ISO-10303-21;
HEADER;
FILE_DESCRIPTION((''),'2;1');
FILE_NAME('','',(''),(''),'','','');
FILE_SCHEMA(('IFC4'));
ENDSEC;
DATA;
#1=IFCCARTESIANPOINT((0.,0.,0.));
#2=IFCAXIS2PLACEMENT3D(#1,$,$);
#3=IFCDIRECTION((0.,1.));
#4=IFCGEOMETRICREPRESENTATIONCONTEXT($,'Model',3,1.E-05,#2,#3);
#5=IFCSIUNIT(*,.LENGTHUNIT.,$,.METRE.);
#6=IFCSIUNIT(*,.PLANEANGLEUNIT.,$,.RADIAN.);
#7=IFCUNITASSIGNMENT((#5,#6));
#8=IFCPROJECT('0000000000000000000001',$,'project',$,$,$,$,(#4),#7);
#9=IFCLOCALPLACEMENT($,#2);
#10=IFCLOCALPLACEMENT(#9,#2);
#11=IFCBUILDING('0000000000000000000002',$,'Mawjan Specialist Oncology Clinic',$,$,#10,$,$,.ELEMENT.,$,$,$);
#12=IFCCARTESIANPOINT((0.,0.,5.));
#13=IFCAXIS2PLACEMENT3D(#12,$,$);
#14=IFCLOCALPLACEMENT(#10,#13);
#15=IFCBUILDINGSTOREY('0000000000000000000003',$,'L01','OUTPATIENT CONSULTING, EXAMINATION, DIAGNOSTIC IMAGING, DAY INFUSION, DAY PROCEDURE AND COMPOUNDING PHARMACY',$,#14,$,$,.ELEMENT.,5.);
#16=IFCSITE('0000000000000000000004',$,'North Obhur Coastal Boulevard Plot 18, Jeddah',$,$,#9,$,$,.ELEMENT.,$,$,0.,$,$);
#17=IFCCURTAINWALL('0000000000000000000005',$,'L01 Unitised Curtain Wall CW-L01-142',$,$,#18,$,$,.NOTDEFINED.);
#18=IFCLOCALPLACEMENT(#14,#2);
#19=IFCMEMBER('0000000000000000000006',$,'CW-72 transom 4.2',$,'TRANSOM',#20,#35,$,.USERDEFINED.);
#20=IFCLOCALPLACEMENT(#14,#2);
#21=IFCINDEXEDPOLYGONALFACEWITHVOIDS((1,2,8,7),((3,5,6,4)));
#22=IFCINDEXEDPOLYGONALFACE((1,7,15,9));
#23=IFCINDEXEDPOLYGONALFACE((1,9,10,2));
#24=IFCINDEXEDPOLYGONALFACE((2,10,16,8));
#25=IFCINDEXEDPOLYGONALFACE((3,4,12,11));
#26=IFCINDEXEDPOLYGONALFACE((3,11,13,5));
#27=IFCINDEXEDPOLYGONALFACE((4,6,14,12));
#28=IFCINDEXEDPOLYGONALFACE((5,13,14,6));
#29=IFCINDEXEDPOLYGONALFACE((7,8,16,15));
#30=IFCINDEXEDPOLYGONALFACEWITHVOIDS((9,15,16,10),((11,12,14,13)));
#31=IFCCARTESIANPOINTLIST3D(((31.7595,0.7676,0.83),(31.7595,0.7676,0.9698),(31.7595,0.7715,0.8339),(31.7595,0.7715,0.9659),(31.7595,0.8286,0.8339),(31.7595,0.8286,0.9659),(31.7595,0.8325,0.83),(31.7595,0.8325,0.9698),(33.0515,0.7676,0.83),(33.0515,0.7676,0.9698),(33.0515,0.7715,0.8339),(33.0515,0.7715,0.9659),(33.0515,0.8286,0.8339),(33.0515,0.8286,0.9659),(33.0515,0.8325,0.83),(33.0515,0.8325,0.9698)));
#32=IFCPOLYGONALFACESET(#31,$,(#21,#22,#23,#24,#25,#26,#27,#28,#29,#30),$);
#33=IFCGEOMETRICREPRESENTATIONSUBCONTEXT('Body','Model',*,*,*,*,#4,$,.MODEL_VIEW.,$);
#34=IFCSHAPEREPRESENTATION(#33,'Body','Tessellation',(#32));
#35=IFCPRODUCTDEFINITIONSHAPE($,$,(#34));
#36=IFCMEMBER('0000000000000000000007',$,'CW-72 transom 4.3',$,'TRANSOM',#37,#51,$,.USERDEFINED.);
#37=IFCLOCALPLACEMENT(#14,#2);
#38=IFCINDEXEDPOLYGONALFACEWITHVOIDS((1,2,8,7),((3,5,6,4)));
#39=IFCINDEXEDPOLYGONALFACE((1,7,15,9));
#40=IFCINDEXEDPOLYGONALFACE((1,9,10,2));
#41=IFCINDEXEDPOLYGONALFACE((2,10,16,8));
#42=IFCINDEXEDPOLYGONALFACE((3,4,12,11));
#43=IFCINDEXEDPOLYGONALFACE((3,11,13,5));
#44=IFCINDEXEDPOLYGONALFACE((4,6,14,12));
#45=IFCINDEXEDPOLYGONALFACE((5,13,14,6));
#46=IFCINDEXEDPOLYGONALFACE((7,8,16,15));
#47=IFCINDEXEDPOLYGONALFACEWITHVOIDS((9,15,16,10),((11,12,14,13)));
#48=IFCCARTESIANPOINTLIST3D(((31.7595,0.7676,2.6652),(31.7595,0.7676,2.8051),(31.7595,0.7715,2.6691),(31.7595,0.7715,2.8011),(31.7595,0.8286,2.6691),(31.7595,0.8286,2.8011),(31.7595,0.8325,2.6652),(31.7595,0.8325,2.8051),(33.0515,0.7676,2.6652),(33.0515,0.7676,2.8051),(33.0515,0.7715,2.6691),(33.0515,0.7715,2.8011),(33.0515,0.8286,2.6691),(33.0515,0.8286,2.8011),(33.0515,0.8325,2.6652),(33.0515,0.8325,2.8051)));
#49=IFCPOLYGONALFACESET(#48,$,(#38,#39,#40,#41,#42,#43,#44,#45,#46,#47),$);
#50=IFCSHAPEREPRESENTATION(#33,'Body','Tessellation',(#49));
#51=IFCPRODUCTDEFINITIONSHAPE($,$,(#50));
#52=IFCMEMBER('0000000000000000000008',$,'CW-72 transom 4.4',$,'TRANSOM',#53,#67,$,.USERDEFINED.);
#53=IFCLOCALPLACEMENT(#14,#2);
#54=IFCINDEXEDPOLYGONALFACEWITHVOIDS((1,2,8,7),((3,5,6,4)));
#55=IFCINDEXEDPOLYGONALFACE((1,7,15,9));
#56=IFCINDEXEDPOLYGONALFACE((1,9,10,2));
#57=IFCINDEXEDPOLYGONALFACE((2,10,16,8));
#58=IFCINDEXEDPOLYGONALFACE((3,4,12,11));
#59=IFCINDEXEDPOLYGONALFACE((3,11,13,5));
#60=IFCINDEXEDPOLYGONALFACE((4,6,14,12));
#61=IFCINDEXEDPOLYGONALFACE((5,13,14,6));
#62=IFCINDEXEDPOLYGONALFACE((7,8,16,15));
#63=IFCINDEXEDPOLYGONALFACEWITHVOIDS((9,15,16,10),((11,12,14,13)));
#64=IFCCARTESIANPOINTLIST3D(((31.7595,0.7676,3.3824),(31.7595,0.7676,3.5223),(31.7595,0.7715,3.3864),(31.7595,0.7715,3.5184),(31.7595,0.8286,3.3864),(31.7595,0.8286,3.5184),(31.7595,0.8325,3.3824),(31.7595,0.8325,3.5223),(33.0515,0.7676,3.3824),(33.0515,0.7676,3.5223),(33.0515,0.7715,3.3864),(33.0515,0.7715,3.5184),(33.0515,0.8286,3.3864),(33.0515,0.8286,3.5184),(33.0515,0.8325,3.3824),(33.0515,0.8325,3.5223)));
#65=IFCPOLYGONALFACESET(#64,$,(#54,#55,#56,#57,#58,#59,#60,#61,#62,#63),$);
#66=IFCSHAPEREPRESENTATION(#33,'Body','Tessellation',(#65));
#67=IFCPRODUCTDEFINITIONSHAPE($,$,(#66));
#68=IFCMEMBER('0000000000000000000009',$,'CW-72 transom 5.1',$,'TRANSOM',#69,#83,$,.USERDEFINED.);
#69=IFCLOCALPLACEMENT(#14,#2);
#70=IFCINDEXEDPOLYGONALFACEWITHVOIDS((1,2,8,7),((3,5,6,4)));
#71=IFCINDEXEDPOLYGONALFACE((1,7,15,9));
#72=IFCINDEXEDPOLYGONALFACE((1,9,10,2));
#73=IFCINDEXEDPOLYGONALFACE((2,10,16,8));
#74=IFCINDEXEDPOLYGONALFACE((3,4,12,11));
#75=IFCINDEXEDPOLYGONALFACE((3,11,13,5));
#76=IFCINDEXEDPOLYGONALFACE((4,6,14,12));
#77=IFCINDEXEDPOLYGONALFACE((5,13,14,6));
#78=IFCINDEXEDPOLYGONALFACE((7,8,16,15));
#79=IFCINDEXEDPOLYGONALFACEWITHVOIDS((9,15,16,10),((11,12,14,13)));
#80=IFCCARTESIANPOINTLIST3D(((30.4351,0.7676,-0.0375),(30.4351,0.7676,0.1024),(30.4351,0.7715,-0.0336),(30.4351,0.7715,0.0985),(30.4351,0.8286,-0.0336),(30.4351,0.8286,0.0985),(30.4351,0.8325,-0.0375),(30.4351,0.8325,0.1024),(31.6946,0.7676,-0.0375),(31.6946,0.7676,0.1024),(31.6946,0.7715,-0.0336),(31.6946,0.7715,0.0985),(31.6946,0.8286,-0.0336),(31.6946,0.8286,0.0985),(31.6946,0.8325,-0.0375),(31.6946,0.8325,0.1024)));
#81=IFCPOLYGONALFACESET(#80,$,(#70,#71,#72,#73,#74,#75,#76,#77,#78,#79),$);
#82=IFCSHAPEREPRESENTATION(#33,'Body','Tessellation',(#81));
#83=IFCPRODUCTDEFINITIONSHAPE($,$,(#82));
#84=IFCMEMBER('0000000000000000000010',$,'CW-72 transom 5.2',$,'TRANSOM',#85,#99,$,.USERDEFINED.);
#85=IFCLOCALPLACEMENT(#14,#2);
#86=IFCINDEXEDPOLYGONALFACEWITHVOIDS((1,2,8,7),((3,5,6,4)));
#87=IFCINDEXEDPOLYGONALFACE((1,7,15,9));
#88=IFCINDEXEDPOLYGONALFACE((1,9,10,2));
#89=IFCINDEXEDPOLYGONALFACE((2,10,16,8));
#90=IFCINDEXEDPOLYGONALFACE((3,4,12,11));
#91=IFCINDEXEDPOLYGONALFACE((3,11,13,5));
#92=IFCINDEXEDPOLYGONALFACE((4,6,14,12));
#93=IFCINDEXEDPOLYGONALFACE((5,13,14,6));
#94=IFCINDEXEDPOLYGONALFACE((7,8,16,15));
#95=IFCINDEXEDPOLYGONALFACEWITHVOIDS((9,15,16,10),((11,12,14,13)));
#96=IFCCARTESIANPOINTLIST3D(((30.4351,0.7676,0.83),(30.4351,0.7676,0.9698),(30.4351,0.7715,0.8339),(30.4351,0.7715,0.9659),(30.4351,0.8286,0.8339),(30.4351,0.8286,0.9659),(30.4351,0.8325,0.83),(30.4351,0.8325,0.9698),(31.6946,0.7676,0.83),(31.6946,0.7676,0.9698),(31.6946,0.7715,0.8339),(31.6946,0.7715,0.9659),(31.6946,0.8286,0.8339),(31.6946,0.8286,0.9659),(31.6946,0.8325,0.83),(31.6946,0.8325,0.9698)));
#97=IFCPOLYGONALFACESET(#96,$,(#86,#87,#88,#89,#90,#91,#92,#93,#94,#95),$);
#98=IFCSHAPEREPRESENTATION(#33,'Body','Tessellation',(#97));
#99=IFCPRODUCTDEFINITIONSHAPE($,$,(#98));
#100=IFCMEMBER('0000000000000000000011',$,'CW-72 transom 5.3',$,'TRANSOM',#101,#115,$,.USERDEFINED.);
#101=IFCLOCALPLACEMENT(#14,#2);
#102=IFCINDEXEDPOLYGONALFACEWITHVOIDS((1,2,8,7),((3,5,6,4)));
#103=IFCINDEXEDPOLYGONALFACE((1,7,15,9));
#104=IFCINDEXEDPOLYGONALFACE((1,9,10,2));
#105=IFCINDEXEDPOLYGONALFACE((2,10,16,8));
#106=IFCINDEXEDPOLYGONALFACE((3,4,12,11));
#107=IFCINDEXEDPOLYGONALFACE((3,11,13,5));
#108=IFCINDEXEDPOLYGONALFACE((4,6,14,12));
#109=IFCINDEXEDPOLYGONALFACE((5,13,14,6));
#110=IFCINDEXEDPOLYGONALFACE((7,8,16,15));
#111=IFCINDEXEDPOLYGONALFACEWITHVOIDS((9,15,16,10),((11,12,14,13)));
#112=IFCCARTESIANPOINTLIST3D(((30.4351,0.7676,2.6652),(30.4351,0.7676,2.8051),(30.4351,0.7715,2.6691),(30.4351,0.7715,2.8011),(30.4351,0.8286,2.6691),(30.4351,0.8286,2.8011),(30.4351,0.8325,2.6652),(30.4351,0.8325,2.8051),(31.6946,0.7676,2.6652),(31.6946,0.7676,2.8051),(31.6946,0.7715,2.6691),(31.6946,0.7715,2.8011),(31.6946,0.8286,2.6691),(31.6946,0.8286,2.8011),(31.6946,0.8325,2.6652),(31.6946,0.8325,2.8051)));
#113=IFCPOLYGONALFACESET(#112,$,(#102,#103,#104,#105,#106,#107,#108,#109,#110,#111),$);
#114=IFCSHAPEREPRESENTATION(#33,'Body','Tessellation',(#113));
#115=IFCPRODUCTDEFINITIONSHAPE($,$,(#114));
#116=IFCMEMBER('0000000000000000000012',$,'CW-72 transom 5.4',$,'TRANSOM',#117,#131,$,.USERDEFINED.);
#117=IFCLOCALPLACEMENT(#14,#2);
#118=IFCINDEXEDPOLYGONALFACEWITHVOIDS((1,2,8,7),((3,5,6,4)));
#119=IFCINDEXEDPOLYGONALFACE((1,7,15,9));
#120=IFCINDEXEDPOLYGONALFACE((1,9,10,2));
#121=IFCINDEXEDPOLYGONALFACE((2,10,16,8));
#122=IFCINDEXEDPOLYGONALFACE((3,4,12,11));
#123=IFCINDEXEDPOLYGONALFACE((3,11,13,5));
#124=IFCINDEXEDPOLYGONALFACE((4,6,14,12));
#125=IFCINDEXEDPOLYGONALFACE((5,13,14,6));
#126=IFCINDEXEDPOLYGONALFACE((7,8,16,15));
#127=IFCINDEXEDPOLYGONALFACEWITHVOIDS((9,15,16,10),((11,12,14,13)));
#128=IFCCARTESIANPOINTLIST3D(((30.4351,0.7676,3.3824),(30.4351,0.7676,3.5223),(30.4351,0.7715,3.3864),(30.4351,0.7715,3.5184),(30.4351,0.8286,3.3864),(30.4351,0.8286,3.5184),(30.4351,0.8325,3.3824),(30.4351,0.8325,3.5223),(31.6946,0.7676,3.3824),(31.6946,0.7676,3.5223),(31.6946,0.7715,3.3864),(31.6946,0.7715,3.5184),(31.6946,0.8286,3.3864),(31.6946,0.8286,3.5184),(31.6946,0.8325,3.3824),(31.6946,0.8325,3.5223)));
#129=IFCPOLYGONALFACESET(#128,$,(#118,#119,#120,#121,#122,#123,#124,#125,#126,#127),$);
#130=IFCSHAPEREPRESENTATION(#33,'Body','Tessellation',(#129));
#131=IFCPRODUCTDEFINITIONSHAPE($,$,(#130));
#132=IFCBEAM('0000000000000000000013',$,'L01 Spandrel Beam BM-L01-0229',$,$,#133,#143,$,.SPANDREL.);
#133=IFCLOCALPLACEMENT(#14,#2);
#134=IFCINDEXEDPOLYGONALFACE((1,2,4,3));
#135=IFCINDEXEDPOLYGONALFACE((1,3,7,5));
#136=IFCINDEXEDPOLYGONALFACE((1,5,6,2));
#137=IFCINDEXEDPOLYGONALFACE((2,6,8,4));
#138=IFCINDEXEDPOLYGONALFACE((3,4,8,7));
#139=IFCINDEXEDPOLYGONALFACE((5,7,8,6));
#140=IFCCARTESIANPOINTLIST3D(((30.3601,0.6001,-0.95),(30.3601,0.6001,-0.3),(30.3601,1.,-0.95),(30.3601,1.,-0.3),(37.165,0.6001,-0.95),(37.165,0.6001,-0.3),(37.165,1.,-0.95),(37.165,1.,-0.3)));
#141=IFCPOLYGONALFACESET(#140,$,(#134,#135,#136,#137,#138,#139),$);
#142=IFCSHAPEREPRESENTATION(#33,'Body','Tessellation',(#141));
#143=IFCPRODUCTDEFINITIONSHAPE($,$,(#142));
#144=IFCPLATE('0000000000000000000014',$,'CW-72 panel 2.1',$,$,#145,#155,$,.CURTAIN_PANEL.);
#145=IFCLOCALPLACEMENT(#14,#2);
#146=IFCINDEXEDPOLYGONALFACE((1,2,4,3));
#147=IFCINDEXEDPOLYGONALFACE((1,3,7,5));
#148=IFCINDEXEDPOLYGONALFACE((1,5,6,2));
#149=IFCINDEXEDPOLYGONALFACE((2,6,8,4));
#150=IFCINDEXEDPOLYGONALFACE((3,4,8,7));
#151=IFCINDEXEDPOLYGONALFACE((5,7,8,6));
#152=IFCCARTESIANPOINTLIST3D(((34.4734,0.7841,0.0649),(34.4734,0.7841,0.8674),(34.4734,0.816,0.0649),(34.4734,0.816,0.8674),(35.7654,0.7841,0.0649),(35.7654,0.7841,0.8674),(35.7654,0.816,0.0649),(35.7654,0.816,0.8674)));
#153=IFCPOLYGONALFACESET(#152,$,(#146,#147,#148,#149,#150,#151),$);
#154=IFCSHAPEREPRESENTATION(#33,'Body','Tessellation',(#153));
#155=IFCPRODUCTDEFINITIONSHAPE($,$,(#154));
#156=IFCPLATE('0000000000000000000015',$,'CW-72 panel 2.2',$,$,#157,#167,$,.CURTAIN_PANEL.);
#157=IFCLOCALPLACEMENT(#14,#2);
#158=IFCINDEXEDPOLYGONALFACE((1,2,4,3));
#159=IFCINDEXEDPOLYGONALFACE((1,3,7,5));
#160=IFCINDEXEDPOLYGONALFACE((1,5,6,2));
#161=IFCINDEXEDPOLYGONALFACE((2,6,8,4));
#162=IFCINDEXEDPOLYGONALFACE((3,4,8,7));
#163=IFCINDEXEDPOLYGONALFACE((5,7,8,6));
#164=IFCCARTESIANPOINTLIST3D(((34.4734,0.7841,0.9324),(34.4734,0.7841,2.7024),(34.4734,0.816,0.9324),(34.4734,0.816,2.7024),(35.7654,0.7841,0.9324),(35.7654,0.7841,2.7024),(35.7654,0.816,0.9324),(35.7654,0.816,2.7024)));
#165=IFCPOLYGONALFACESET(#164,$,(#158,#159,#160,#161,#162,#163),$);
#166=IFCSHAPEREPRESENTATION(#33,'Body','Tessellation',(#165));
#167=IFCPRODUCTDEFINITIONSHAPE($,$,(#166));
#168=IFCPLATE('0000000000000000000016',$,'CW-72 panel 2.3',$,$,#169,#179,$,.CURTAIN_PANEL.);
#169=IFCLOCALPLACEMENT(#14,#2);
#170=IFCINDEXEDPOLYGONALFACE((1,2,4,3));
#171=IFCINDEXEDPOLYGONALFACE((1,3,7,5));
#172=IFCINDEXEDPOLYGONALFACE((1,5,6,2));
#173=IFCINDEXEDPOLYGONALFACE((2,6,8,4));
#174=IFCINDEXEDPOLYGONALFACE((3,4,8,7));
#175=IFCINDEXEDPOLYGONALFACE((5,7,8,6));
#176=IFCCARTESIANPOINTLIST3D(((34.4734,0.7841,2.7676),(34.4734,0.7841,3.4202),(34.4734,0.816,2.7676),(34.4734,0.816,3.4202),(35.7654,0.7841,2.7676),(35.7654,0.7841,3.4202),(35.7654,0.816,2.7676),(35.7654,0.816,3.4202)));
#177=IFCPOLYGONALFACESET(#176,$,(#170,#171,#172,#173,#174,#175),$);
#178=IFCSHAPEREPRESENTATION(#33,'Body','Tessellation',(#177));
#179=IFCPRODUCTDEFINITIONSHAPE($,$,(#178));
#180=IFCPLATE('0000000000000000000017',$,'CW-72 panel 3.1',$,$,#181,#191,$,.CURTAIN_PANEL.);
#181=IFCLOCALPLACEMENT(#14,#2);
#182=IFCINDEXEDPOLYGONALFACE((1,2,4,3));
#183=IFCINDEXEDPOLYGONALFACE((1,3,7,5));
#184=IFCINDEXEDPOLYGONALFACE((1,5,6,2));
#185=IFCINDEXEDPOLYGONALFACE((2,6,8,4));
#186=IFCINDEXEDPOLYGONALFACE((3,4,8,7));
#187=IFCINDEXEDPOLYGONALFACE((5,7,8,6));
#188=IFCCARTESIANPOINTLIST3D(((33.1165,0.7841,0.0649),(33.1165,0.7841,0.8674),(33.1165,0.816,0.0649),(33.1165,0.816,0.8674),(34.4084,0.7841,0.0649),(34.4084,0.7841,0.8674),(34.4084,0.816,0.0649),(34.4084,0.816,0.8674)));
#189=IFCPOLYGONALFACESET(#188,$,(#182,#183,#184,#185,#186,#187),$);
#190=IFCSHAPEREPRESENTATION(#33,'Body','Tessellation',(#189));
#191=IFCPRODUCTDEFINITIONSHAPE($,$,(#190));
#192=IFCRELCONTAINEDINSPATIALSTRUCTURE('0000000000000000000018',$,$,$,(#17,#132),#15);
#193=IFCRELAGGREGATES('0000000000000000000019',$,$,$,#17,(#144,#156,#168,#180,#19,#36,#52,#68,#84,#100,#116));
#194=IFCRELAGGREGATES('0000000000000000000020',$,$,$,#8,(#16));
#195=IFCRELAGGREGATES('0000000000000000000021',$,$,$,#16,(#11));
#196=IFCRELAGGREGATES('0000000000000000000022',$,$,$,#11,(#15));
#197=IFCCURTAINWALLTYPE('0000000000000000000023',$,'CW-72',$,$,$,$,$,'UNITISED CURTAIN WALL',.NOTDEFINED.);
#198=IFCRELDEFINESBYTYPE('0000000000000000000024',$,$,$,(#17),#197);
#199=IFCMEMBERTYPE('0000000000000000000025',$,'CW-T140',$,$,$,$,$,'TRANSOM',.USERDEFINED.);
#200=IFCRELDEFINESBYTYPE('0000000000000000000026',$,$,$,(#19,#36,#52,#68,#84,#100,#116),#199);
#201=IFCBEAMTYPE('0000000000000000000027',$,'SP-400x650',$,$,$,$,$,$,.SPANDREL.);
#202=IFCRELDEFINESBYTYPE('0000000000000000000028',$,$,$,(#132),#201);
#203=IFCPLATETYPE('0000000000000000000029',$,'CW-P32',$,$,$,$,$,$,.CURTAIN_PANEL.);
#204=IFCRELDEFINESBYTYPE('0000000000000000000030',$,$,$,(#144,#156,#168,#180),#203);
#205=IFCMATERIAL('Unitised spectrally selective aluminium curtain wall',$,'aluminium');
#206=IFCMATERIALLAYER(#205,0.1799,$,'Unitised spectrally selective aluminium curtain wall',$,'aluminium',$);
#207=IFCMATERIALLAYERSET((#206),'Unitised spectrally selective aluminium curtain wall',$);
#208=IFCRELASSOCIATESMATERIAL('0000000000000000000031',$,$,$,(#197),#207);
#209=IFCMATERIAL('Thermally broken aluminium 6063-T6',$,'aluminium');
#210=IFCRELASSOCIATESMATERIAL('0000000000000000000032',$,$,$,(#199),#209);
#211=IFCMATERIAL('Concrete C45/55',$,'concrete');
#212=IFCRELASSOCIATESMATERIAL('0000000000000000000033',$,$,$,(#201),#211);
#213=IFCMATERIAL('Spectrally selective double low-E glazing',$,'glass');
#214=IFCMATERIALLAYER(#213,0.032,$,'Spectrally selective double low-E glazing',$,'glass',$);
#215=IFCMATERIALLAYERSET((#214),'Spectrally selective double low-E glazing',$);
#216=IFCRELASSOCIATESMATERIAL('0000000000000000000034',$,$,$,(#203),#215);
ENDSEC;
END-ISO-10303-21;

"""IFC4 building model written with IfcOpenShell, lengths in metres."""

from ifc_helpers import new_model, si_unit, direction, frame, origin, origin_2d, place, context, subcontext, project, spatial, rectangle, hollow_rectangle, extrude, material, layer, layer_set, material_profile, profile_set, type_object, element, aggregate, save


model = new_model("IFC4")

# Units and contexts
model_context = context("Model", 3, precision=1e-05, world=origin(), true_north=direction((0.0, 1.0)))
body_context = subcontext(model_context, "Body", "Model", "MODEL_VIEW")
ifc_project = project(units=[si_unit("LENGTHUNIT", "METRE"), si_unit("PLANEANGLEUNIT", "RADIAN")], contexts=[model_context])

# Site, building, storey
site_placement = place(None, origin())
site = spatial("IfcSite", under=ifc_project, at=site_placement, Name="North Obhur Coastal Boulevard Plot 18, Jeddah", CompositionType="ELEMENT", RefElevation=0.0)
building_placement = place(site_placement, origin())
building = spatial("IfcBuilding", under=site, at=building_placement, Name="Mawjan Specialist Oncology Clinic", CompositionType="ELEMENT")
storey_placement = place(building_placement, frame((0.0, 0.0, 5.0)))
storey = spatial("IfcBuildingStorey", under=building, at=storey_placement, Name="L01", Description="OUTPATIENT CONSULTING, EXAMINATION, DIAGNOSTIC IMAGING, DAY INFUSION, DAY PROCEDURE AND COMPOUNDING PHARMACY", CompositionType="ELEMENT", Elevation=5.0)

# Curtain wall, members
ifc_material_1 = material(Name="Unitised spectrally selective aluminium curtain wall", Category="aluminium")
ifc_layer_1 = layer(ifc_material_1, 0.1799, Name="Unitised spectrally selective aluminium curtain wall", Category="aluminium")
ifc_layer_set_1 = layer_set([ifc_layer_1], Name="Unitised spectrally selective aluminium curtain wall")
curtain_wall_type = type_object("IfcCurtainWallType", Name="CW-72", ElementType="UNITISED CURTAIN WALL", PredefinedType="NOTDEFINED", material=ifc_layer_set_1)
curtain_wall_placement = place(storey_placement, origin())
curtain_wall = element("IfcCurtainWall", 1, at=curtain_wall_placement, inside=storey, type_object=curtain_wall_type, Name="L01 Unitised Curtain Wall CW-L01-142", PredefinedType="NOTDEFINED")
ifc_material_2 = material(Name="Thermally broken aluminium 6063-T6", Category="aluminium")
ifc_material_profile_1 = material_profile(ifc_material_2, hollow_rectangle(XDim=0.0649, YDim=0.1399, WallThickness=0.0039, at=origin_2d()), Name="ALU TRANSOM 140x65x4", Category="aluminium")
ifc_profile_set_1 = profile_set([ifc_material_profile_1], Name="Thermally broken aluminium 6063-T6")
member_type_1 = type_object("IfcMemberType", Name="CW-T140", ElementType="TRANSOM", PredefinedType="USERDEFINED", material=ifc_profile_set_1)
member_1_placement = place(storey_placement, frame((33.0515, 0.8, 0.8999), z_axis=(-1.0, 0.0, 0.0), x_axis=(0.0, -1.0, 0.0)))
member_1 = element("IfcMember", 2, at=member_1_placement, type_object=member_type_1, Name="CW-72 transom 4.2", ObjectType="TRANSOM", PredefinedType="USERDEFINED", context=body_context, shape_type="SweptSolid", body=[
    extrude(hollow_rectangle(XDim=0.0649, YDim=0.1399, WallThickness=0.0039, at=origin_2d()), origin(), (0.0, 0.0, 1.0), 1.292),
])
member_2_placement = place(storey_placement, frame((33.0515, 0.8, 2.7351), z_axis=(-1.0, 0.0, 0.0), x_axis=(0.0, -1.0, 0.0)))
member_2 = element("IfcMember", 3, at=member_2_placement, type_object=member_type_1, Name="CW-72 transom 4.3", ObjectType="TRANSOM", PredefinedType="USERDEFINED", context=body_context, shape_type="SweptSolid", body=[
    extrude(hollow_rectangle(XDim=0.0649, YDim=0.1399, WallThickness=0.0039, at=origin_2d()), origin(), (0.0, 0.0, 1.0), 1.292),
])
member_3_placement = place(storey_placement, frame((33.0515, 0.8, 3.4524), z_axis=(-1.0, 0.0, 0.0), x_axis=(0.0, -1.0, 0.0)))
member_3 = element("IfcMember", 4, at=member_3_placement, type_object=member_type_1, Name="CW-72 transom 4.4", ObjectType="TRANSOM", PredefinedType="USERDEFINED", context=body_context, shape_type="SweptSolid", body=[
    extrude(hollow_rectangle(XDim=0.0649, YDim=0.1399, WallThickness=0.0039, at=origin_2d()), origin(), (0.0, 0.0, 1.0), 1.292),
])
member_4_placement = place(storey_placement, frame((31.6946, 0.8, 0.0325), z_axis=(-1.0, 0.0, 0.0), x_axis=(0.0, -1.0, 0.0)))
member_4 = element("IfcMember", 5, at=member_4_placement, type_object=member_type_1, Name="CW-72 transom 5.1", ObjectType="TRANSOM", PredefinedType="USERDEFINED", context=body_context, shape_type="SweptSolid", body=[
    extrude(hollow_rectangle(XDim=0.0649, YDim=0.1399, WallThickness=0.0039, at=origin_2d()), origin(), (0.0, 0.0, 1.0), 1.2595),
])
member_5_placement = place(storey_placement, frame((31.6946, 0.8, 0.8999), z_axis=(-1.0, 0.0, 0.0), x_axis=(0.0, -1.0, 0.0)))
member_5 = element("IfcMember", 6, at=member_5_placement, type_object=member_type_1, Name="CW-72 transom 5.2", ObjectType="TRANSOM", PredefinedType="USERDEFINED", context=body_context, shape_type="SweptSolid", body=[
    extrude(hollow_rectangle(XDim=0.0649, YDim=0.1399, WallThickness=0.0039, at=origin_2d()), origin(), (0.0, 0.0, 1.0), 1.2595),
])
member_6_placement = place(storey_placement, frame((31.6946, 0.8, 2.7351), z_axis=(-1.0, 0.0, 0.0), x_axis=(0.0, -1.0, 0.0)))
member_6 = element("IfcMember", 7, at=member_6_placement, type_object=member_type_1, Name="CW-72 transom 5.3", ObjectType="TRANSOM", PredefinedType="USERDEFINED", context=body_context, shape_type="SweptSolid", body=[
    extrude(hollow_rectangle(XDim=0.0649, YDim=0.1399, WallThickness=0.0039, at=origin_2d()), origin(), (0.0, 0.0, 1.0), 1.2595),
])
member_7_placement = place(storey_placement, frame((31.6946, 0.8, 3.4524), z_axis=(-1.0, 0.0, 0.0), x_axis=(0.0, -1.0, 0.0)))
member_7 = element("IfcMember", 8, at=member_7_placement, type_object=member_type_1, Name="CW-72 transom 5.4", ObjectType="TRANSOM", PredefinedType="USERDEFINED", context=body_context, shape_type="SweptSolid", body=[
    extrude(hollow_rectangle(XDim=0.0649, YDim=0.1399, WallThickness=0.0039, at=origin_2d()), origin(), (0.0, 0.0, 1.0), 1.2595),
])

# Beam
ifc_material_3 = material(Name="Concrete C45/55", Category="concrete")
ifc_material_profile_2 = material_profile(ifc_material_3, rectangle(XDim=0.3999, YDim=0.6499, at=origin_2d()), Name="RC BM 400x650", Category="concrete")
ifc_profile_set_2 = profile_set([ifc_material_profile_2], Name="Concrete C45/55")
beam_type = type_object("IfcBeamType", Name="SP-400x650", PredefinedType="SPANDREL", material=ifc_profile_set_2)
beam_placement = place(storey_placement, frame((30.3601, 0.8, -0.625), z_axis=(1.0, 0.0, 0.0), x_axis=(0.0, 1.0, 0.0)))
element("IfcBeam", 9, at=beam_placement, inside=storey, type_object=beam_type, Name="L01 Spandrel Beam BM-L01-0229", PredefinedType="SPANDREL", context=body_context, shape_type="SweptSolid", body=[
    extrude(rectangle(XDim=0.3999, YDim=0.6499, at=origin_2d()), origin(), (0.0, 0.0, 1.0), 6.8049),
])

# Plates
ifc_material_4 = material(Name="Spectrally selective double low-E glazing", Category="glass")
ifc_layer_2 = layer(ifc_material_4, 0.032, Name="Spectrally selective double low-E glazing", Category="glass")
ifc_layer_set_2 = layer_set([ifc_layer_2], Name="Spectrally selective double low-E glazing")
plate_type = type_object("IfcPlateType", Name="CW-P32", PredefinedType="CURTAIN_PANEL", material=ifc_layer_set_2)
plate_1_placement = place(storey_placement, frame((35.1194, 0.8, 0.0649), z_axis=(0.0, 0.0, 1.0), x_axis=(-1.0, 0.0, 0.0)))
plate_1 = element("IfcPlate", 10, at=plate_1_placement, type_object=plate_type, Name="CW-72 panel 2.1", PredefinedType="CURTAIN_PANEL", context=body_context, shape_type="SweptSolid", body=[
    extrude(rectangle(XDim=1.292, YDim=0.032, at=origin_2d()), origin(), (0.0, 0.0, 1.0), 0.8025),
])
plate_2_placement = place(storey_placement, frame((35.1194, 0.8, 0.9324), z_axis=(0.0, 0.0, 1.0), x_axis=(-1.0, 0.0, 0.0)))
plate_2 = element("IfcPlate", 11, at=plate_2_placement, type_object=plate_type, Name="CW-72 panel 2.2", PredefinedType="CURTAIN_PANEL", context=body_context, shape_type="SweptSolid", body=[
    extrude(rectangle(XDim=1.292, YDim=0.032, at=origin_2d()), origin(), (0.0, 0.0, 1.0), 1.77),
])
plate_3_placement = place(storey_placement, frame((35.1194, 0.8, 2.7676), z_axis=(0.0, 0.0, 1.0), x_axis=(-1.0, 0.0, 0.0)))
plate_3 = element("IfcPlate", 12, at=plate_3_placement, type_object=plate_type, Name="CW-72 panel 2.3", PredefinedType="CURTAIN_PANEL", context=body_context, shape_type="SweptSolid", body=[
    extrude(rectangle(XDim=1.292, YDim=0.032, at=origin_2d()), origin(), (0.0, 0.0, 1.0), 0.6526),
])
plate_4_placement = place(storey_placement, frame((33.7625, 0.8, 0.0649), z_axis=(0.0, 0.0, 1.0), x_axis=(-1.0, 0.0, 0.0)))
plate_4 = element("IfcPlate", 13, at=plate_4_placement, type_object=plate_type, Name="CW-72 panel 3.1", PredefinedType="CURTAIN_PANEL", context=body_context, shape_type="SweptSolid", body=[
    extrude(rectangle(XDim=1.292, YDim=0.032, at=origin_2d()), origin(), (0.0, 0.0, 1.0), 0.8025),
])
aggregate(curtain_wall, [plate_1, plate_2, plate_3, plate_4, member_1, member_2, member_3, member_4, member_5, member_6, member_7])

save(model, "model.ifc")
